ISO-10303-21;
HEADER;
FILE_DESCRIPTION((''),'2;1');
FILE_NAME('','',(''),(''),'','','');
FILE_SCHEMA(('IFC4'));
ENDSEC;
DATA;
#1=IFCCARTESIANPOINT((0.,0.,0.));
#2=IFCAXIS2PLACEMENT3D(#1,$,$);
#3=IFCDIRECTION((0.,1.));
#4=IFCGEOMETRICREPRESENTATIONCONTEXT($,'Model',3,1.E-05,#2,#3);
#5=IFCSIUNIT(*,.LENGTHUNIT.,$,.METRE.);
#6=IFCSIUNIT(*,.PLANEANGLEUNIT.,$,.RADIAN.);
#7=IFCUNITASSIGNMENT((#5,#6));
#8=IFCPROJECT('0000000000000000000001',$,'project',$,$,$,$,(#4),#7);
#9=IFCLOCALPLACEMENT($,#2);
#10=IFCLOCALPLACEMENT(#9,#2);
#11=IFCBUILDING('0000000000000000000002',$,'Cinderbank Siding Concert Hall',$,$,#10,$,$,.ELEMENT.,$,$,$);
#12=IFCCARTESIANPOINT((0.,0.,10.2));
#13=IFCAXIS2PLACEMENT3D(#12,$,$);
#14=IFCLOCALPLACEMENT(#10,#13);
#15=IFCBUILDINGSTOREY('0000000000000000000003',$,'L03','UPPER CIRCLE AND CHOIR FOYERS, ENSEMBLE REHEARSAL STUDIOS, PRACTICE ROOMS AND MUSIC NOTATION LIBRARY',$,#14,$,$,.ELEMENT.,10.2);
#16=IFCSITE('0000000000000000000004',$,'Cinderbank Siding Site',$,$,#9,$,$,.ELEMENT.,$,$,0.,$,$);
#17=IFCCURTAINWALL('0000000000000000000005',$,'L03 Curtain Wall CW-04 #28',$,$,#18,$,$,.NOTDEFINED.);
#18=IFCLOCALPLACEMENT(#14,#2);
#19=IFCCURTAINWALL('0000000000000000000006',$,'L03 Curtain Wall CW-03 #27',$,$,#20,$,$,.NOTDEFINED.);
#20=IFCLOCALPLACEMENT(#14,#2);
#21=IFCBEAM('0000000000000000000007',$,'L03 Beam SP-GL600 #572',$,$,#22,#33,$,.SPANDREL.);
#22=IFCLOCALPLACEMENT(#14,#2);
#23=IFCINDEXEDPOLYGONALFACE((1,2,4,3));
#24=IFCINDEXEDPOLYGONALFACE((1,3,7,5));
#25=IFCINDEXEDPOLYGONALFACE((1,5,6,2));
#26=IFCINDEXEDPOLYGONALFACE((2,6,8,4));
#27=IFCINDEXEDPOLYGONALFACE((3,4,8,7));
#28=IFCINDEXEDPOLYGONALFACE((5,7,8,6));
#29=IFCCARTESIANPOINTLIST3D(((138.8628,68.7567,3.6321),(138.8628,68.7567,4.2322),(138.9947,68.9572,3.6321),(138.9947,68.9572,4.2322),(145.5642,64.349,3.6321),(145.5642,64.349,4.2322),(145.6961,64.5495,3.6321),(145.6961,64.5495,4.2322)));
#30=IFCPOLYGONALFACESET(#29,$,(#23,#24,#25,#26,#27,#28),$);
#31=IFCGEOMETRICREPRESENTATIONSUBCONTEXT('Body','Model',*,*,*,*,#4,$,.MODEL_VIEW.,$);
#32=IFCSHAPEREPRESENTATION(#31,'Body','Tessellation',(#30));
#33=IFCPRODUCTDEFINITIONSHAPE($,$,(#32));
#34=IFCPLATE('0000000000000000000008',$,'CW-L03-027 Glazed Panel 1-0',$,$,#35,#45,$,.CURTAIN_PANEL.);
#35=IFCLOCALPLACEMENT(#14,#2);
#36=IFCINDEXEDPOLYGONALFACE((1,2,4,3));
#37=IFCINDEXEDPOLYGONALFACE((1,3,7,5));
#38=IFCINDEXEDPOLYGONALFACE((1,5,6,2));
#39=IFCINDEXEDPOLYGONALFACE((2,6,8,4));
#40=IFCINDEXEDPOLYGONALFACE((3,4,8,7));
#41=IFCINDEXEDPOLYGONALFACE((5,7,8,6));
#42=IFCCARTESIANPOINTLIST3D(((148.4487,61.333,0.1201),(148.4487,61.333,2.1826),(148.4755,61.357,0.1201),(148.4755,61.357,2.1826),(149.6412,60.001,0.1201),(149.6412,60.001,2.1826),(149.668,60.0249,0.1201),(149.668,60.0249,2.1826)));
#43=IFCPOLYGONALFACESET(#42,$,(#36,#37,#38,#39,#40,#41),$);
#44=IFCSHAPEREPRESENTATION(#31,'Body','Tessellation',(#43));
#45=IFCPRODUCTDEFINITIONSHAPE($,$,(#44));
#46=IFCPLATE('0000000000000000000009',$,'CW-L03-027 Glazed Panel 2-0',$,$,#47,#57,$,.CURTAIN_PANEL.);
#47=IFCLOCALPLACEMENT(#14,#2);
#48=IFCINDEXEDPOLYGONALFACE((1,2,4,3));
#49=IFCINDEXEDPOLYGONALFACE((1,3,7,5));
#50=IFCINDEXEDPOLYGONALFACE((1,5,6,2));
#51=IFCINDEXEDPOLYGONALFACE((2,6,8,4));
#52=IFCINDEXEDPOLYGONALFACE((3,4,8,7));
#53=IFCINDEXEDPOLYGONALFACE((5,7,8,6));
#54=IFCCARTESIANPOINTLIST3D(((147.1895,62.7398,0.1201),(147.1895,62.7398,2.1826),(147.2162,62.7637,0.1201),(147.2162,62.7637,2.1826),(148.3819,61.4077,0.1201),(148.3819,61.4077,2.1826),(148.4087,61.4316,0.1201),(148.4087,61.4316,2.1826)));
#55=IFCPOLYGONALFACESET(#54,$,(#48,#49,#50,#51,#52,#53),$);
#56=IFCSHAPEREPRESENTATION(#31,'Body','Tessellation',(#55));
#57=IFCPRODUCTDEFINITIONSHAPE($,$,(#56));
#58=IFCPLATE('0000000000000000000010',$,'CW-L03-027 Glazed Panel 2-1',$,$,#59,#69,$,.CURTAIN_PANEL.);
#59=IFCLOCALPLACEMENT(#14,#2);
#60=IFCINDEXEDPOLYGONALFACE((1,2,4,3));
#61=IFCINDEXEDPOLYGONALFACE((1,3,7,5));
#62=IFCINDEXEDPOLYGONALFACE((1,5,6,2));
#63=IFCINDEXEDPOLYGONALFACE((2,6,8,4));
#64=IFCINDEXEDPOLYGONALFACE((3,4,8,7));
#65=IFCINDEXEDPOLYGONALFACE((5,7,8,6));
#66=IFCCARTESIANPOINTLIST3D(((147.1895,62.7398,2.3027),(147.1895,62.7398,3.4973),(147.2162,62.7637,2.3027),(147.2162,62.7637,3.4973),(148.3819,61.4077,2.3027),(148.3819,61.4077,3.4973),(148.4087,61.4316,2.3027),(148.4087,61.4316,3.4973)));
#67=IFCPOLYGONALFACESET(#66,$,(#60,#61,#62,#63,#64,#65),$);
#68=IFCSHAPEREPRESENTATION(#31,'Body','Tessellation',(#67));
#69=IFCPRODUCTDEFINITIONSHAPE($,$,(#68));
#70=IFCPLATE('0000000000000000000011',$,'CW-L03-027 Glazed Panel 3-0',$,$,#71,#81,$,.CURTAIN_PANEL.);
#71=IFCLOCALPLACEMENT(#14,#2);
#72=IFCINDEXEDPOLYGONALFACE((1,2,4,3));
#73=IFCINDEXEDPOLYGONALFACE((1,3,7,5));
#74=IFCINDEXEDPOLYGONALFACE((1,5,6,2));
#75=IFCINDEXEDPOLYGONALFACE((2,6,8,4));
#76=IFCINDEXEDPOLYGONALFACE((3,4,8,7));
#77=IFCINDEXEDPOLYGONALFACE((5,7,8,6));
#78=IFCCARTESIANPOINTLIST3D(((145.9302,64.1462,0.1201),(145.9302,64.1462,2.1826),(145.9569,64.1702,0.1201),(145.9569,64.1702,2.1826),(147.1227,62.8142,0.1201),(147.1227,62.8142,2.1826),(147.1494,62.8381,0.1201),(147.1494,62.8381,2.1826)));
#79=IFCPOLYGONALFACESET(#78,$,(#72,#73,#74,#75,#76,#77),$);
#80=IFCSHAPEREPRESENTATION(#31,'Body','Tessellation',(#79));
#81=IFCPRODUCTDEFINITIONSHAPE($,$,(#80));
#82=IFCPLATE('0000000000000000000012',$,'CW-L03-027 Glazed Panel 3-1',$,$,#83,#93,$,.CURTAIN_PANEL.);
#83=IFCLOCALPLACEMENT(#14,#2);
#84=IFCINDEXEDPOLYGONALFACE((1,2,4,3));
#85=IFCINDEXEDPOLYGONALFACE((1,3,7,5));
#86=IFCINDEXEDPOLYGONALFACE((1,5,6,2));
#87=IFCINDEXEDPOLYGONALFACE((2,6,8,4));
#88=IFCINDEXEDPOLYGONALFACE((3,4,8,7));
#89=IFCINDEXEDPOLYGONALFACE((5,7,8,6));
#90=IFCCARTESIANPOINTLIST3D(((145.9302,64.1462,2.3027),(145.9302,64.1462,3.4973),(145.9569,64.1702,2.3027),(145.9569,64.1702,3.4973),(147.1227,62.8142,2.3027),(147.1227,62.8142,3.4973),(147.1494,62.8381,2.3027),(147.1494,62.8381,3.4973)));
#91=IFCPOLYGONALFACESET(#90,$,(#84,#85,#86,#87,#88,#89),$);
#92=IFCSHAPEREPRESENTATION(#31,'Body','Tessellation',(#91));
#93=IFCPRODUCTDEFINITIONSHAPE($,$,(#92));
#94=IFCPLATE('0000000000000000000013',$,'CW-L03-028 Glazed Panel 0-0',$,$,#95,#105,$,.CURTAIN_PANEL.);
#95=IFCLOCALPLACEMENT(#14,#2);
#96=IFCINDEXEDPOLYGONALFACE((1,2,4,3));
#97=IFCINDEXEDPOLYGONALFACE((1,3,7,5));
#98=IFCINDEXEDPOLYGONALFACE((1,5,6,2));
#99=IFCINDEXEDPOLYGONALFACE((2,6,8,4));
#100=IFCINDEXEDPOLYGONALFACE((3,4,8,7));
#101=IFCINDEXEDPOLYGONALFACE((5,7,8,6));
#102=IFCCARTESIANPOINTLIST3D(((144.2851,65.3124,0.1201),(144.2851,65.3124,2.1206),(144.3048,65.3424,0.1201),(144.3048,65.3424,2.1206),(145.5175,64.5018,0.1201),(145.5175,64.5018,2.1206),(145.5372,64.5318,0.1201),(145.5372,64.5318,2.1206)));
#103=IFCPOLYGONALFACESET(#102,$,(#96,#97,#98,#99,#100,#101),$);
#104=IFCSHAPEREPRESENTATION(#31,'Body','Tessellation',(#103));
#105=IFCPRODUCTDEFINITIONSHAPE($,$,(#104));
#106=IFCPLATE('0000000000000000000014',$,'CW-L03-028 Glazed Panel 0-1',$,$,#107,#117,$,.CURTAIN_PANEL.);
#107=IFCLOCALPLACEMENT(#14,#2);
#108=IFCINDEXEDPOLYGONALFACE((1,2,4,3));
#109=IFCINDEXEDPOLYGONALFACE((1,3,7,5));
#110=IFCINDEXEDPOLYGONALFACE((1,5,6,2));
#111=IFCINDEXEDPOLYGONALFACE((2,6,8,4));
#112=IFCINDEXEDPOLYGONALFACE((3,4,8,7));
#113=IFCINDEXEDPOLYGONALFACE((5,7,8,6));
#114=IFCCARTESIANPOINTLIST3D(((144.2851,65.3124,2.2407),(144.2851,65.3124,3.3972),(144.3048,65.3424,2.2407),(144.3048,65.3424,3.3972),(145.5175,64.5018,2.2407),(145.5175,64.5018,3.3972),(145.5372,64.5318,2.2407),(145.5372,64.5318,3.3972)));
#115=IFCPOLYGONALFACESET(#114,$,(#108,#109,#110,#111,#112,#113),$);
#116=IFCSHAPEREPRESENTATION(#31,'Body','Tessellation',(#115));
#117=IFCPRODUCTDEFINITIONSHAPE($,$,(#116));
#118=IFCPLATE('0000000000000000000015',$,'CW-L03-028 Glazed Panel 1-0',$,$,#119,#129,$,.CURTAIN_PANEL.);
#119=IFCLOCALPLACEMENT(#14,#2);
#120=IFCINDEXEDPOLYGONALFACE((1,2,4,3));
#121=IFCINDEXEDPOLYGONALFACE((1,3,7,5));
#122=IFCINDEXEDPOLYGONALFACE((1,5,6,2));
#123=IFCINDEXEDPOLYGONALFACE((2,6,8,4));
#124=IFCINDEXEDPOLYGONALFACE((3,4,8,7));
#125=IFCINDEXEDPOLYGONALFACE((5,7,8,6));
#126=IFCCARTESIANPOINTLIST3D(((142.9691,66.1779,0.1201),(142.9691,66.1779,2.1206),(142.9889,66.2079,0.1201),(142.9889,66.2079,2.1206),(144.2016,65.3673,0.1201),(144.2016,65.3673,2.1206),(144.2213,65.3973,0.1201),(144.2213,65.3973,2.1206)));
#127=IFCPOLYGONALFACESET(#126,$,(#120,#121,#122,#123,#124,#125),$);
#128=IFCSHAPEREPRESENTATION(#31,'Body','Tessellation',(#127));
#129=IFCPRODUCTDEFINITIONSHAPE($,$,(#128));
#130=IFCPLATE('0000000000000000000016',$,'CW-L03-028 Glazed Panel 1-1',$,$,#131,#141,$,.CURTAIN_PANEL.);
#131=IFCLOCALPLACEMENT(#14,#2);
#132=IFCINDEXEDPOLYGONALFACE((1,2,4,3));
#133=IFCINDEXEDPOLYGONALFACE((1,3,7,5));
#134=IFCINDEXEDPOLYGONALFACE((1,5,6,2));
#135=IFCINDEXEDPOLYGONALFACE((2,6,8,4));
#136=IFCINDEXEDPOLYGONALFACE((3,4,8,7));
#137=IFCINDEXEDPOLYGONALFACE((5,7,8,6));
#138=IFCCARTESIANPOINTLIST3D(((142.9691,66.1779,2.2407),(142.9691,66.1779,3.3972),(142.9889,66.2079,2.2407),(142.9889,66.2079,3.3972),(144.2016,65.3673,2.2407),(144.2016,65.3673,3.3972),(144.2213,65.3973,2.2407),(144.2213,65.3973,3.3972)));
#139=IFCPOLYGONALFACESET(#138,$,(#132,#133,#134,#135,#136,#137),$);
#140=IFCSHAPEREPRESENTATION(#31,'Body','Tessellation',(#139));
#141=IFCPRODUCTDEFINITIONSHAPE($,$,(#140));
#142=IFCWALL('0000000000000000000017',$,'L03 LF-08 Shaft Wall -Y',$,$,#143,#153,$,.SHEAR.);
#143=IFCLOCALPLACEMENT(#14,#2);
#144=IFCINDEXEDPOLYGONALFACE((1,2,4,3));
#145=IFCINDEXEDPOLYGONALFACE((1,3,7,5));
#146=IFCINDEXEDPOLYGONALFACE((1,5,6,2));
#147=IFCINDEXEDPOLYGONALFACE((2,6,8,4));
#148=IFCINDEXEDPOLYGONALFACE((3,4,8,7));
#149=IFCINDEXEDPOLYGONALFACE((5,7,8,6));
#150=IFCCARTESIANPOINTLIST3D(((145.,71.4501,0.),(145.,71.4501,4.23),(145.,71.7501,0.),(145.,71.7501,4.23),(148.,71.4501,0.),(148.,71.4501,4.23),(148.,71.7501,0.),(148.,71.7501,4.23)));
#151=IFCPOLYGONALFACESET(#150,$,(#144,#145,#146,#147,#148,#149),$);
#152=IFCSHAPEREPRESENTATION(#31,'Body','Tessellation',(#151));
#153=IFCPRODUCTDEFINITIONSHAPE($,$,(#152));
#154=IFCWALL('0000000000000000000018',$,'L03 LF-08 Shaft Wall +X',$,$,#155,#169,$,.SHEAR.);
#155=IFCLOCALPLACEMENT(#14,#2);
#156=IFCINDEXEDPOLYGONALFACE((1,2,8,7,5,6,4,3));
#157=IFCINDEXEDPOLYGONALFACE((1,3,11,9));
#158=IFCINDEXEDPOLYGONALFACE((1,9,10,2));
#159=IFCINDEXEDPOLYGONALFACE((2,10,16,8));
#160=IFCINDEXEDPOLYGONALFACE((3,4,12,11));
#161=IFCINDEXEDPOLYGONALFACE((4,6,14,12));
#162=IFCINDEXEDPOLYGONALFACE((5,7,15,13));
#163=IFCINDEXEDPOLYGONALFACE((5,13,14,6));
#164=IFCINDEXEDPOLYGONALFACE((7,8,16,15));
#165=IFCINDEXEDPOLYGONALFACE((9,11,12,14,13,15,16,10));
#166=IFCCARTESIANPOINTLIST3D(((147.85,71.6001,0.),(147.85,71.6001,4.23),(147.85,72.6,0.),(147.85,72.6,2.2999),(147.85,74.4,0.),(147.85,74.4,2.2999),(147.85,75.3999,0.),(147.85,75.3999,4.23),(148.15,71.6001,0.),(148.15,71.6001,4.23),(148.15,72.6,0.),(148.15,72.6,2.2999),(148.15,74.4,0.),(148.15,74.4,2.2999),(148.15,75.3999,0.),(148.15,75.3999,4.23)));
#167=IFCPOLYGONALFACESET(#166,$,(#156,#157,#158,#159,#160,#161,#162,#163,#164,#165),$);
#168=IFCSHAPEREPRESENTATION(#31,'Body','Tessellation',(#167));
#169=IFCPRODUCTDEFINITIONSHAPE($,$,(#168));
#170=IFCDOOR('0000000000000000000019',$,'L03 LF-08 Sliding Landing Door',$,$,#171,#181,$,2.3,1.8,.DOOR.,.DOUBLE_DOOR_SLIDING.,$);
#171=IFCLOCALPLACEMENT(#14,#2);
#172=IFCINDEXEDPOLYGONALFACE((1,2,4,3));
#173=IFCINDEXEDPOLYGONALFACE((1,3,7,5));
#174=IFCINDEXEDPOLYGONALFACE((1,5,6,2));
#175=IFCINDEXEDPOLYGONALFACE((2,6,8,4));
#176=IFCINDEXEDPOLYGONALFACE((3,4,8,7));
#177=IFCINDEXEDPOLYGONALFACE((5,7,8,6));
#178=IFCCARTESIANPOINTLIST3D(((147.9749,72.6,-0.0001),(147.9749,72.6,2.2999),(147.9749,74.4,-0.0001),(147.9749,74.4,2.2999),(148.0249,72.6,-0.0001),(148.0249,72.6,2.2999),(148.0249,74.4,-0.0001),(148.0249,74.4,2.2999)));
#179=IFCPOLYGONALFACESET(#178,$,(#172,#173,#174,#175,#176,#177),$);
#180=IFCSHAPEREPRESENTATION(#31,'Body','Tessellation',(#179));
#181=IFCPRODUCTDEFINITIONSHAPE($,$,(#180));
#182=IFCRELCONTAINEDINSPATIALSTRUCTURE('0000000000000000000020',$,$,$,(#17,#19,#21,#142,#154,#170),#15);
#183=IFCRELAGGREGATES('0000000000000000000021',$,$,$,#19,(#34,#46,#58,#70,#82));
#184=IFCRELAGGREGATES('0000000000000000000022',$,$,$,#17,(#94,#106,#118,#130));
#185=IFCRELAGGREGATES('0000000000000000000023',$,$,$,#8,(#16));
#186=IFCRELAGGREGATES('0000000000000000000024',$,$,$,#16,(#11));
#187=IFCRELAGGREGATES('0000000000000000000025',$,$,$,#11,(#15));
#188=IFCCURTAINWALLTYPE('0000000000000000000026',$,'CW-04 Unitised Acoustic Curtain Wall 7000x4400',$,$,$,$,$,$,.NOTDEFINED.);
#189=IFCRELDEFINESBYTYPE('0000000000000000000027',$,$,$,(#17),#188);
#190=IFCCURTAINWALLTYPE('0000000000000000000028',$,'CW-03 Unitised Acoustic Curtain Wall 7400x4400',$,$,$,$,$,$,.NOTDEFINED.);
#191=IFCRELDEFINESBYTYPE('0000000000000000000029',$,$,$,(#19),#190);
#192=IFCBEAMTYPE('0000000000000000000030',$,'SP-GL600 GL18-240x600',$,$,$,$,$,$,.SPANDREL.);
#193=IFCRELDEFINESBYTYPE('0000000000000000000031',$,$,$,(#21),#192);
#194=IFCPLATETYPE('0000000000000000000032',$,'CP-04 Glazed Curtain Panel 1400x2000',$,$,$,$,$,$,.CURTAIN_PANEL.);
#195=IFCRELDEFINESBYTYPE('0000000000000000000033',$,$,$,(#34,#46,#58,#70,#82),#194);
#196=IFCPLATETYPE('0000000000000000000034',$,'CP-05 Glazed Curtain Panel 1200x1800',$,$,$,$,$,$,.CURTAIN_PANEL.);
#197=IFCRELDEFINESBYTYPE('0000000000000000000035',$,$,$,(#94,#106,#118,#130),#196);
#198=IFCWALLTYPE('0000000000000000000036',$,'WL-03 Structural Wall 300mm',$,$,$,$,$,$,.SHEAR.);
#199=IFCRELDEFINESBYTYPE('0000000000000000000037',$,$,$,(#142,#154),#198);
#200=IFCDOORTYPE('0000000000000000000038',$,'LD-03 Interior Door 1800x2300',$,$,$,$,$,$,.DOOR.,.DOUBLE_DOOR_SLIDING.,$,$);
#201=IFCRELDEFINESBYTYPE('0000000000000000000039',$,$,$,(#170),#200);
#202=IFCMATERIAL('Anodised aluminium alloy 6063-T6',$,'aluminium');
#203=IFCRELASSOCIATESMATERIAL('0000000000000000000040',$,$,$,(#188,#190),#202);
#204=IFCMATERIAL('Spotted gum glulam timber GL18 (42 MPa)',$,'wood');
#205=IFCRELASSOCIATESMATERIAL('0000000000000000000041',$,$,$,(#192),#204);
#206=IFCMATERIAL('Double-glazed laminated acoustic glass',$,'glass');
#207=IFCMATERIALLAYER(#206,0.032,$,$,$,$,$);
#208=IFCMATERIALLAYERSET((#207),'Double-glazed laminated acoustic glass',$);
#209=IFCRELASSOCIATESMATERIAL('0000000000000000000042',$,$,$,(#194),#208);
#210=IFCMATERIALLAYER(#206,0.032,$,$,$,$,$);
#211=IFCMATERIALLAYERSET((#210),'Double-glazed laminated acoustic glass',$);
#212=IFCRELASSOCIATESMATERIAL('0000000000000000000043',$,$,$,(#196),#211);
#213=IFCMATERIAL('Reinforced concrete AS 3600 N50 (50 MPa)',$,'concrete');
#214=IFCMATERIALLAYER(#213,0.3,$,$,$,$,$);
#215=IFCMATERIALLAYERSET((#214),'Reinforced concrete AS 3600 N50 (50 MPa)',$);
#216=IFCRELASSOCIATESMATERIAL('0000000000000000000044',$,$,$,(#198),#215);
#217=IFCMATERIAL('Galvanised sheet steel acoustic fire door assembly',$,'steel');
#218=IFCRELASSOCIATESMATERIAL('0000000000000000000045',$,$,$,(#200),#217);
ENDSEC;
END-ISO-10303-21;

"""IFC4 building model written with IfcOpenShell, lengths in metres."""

from ifc_helpers import new_model, si_unit, direction, frame, frame_2d, origin, origin_2d, place, context, subcontext, project, spatial, rectangle, extrude, material, layer, layer_set, material_profile, profile_set, type_object, element, fill, aggregate, save


model = new_model("IFC4")

# Units and contexts
model_context = context("Model", 3, precision=1e-05, world=origin(), true_north=direction((0.0, 1.0)))
body_context = subcontext(model_context, "Body", "Model", "MODEL_VIEW")
ifc_project = project(units=[si_unit("LENGTHUNIT", "METRE"), si_unit("PLANEANGLEUNIT", "RADIAN")], contexts=[model_context])

# Site, building, storey
site_placement = place(None, origin())
site = spatial("IfcSite", under=ifc_project, at=site_placement, Name="Cinderbank Siding Site", CompositionType="ELEMENT", RefElevation=0.0)
building_placement = place(site_placement, origin())
building = spatial("IfcBuilding", under=site, at=building_placement, Name="Cinderbank Siding Concert Hall", CompositionType="ELEMENT")
storey_placement = place(building_placement, frame((0.0, 0.0, 10.2)))
storey = spatial("IfcBuildingStorey", under=building, at=storey_placement, Name="L03", Description="UPPER CIRCLE AND CHOIR FOYERS, ENSEMBLE REHEARSAL STUDIOS, PRACTICE ROOMS AND MUSIC NOTATION LIBRARY", CompositionType="ELEMENT", Elevation=10.2)

# Shared definitions
ifc_material_1 = material(Name="Reinforced concrete AS 3600 N50 (50 MPa)", Category="concrete")

# Curtain walls
ifc_material_2 = material(Name="Anodised aluminium alloy 6063-T6", Category="aluminium")
curtain_wall_type_1 = type_object("IfcCurtainWallType", Name="CW-04 Unitised Acoustic Curtain Wall 7000x4400", PredefinedType="NOTDEFINED", material=ifc_material_2)
curtain_wall_1_placement = place(storey_placement, origin())
curtain_wall_1 = element("IfcCurtainWall", 1, at=curtain_wall_1_placement, inside=storey, type_object=curtain_wall_type_1, Name="L03 Curtain Wall CW-04 #28", PredefinedType="NOTDEFINED")
curtain_wall_type_2 = type_object("IfcCurtainWallType", Name="CW-03 Unitised Acoustic Curtain Wall 7400x4400", PredefinedType="NOTDEFINED", material=ifc_material_2)
curtain_wall_2_placement = place(storey_placement, origin())
curtain_wall_2 = element("IfcCurtainWall", 2, at=curtain_wall_2_placement, inside=storey, type_object=curtain_wall_type_2, Name="L03 Curtain Wall CW-03 #27", PredefinedType="NOTDEFINED")

# Beam
ifc_material_3 = material(Name="Spotted gum glulam timber GL18 (42 MPa)", Category="wood")
ifc_material_profile_1 = material_profile(ifc_material_3, rectangle(XDim=0.24, YDim=0.6001, at=origin_2d()), Name="GL18-240x600", Category="LoadBearing")
ifc_profile_set_1 = profile_set([ifc_material_profile_1], Name="Spotted gum glulam timber GL18 (42 MPa)")
beam_type_1 = type_object("IfcBeamType", Name="SP-GL600 GL18-240x600", PredefinedType="SPANDREL", material=ifc_profile_set_1)
beam_1_placement = place(storey_placement, frame((145.6301, 64.4492, 3.9321), z_axis=(-0.835481, 0.54952, 0.0), x_axis=(-0.54952, -0.835481, 0.0)))
element("IfcBeam", 3, at=beam_1_placement, inside=storey, type_object=beam_type_1, Name="L03 Beam SP-GL600 #572", PredefinedType="SPANDREL", context=body_context, shape_type="SweptSolid", body=[
    extrude(rectangle(XDim=0.24, YDim=0.6001, at=origin_2d()), origin(), (0.0, 0.0, 1.0), 8.021),
])

# Plates
ifc_material_4 = material(Name="Double-glazed laminated acoustic glass", Category="glass")
ifc_layer_1 = layer(ifc_material_4, 0.032)
ifc_layer_set_1 = layer_set([ifc_layer_1], Name="Double-glazed laminated acoustic glass")
plate_type_1 = type_object("IfcPlateType", Name="CP-04 Glazed Curtain Panel 1400x2000", PredefinedType="CURTAIN_PANEL", material=ifc_layer_set_1)
plate_1_placement = place(storey_placement, frame((149.0583, 60.679, 0.1201), z_axis=(0.0, 0.0, 1.0), x_axis=(-0.666993, 0.745064, 0.0)))
plate_1 = element("IfcPlate", 4, at=plate_1_placement, type_object=plate_type_1, Name="CW-L03-027 Glazed Panel 1-0", PredefinedType="CURTAIN_PANEL", context=body_context, shape_type="SweptSolid", body=[
    extrude(rectangle(XDim=1.7878, YDim=0.0359, at=origin_2d()), origin(), (0.0, 0.0, 1.0), 2.0625),
])
plate_2_placement = place(storey_placement, frame((147.7991, 62.0857, 0.1201), z_axis=(0.0, 0.0, 1.0), x_axis=(-0.666993, 0.745064, 0.0)))
plate_2 = element("IfcPlate", 5, at=plate_2_placement, type_object=plate_type_1, Name="CW-L03-027 Glazed Panel 2-0", PredefinedType="CURTAIN_PANEL", context=body_context, shape_type="SweptSolid", body=[
    extrude(rectangle(XDim=1.7878, YDim=0.0359, at=origin_2d()), origin(), (0.0, 0.0, 1.0), 2.0625),
])
plate_3_placement = place(storey_placement, frame((147.7991, 62.0857, 2.3027), z_axis=(0.0, 0.0, 1.0), x_axis=(-0.666993, 0.745064, 0.0)))
plate_3 = element("IfcPlate", 6, at=plate_3_placement, type_object=plate_type_1, Name="CW-L03-027 Glazed Panel 2-1", PredefinedType="CURTAIN_PANEL", context=body_context, shape_type="SweptSolid", body=[
    extrude(rectangle(XDim=1.7878, YDim=0.0359, at=origin_2d()), origin(), (0.0, 0.0, 1.0), 1.1946),
])
plate_4_placement = place(storey_placement, frame((146.5398, 63.4922, 0.1201), z_axis=(0.0, 0.0, 1.0), x_axis=(-0.666993, 0.745064, 0.0)))
plate_4 = element("IfcPlate", 7, at=plate_4_placement, type_object=plate_type_1, Name="CW-L03-027 Glazed Panel 3-0", PredefinedType="CURTAIN_PANEL", context=body_context, shape_type="SweptSolid", body=[
    extrude(rectangle(XDim=1.7878, YDim=0.0359, at=origin_2d()), origin(), (0.0, 0.0, 1.0), 2.0625),
])
plate_5_placement = place(storey_placement, frame((146.5398, 63.4922, 2.3027), z_axis=(0.0, 0.0, 1.0), x_axis=(-0.666993, 0.745064, 0.0)))
plate_5 = element("IfcPlate", 8, at=plate_5_placement, type_object=plate_type_1, Name="CW-L03-027 Glazed Panel 3-1", PredefinedType="CURTAIN_PANEL", context=body_context, shape_type="SweptSolid", body=[
    extrude(rectangle(XDim=1.7878, YDim=0.0359, at=origin_2d()), origin(), (0.0, 0.0, 1.0), 1.1946),
])
aggregate(curtain_wall_2, [plate_1, plate_2, plate_3, plate_4, plate_5])
ifc_layer_2 = layer(ifc_material_4, 0.032)
ifc_layer_set_2 = layer_set([ifc_layer_2], Name="Double-glazed laminated acoustic glass")
plate_type_2 = type_object("IfcPlateType", Name="CP-05 Glazed Curtain Panel 1200x1800", PredefinedType="CURTAIN_PANEL", material=ifc_layer_set_2)
plate_6_placement = place(storey_placement, frame((144.9111, 64.9221, 0.1201), z_axis=(0.0, 0.0, 1.0), x_axis=(-0.835492, 0.549503, 0.0)))
plate_6 = element("IfcPlate", 9, at=plate_6_placement, type_object=plate_type_2, Name="CW-L03-028 Glazed Panel 0-0", PredefinedType="CURTAIN_PANEL", context=body_context, shape_type="SweptSolid", body=[
    extrude(rectangle(XDim=1.4751, YDim=0.0359, at=origin_2d()), origin(), (0.0, 0.0, 1.0), 2.0005),
])
plate_7_placement = place(storey_placement, frame((144.9111, 64.9221, 2.2407), z_axis=(0.0, 0.0, 1.0), x_axis=(-0.835492, 0.549503, 0.0)))
plate_7 = element("IfcPlate", 10, at=plate_7_placement, type_object=plate_type_2, Name="CW-L03-028 Glazed Panel 0-1", PredefinedType="CURTAIN_PANEL", context=body_context, shape_type="SweptSolid", body=[
    extrude(rectangle(XDim=1.4751, YDim=0.0359, at=origin_2d()), origin(), (0.0, 0.0, 1.0), 1.1565),
])
plate_8_placement = place(storey_placement, frame((143.5952, 65.7876, 0.1201), z_axis=(0.0, 0.0, 1.0), x_axis=(-0.835492, 0.549503, 0.0)))
plate_8 = element("IfcPlate", 11, at=plate_8_placement, type_object=plate_type_2, Name="CW-L03-028 Glazed Panel 1-0", PredefinedType="CURTAIN_PANEL", context=body_context, shape_type="SweptSolid", body=[
    extrude(rectangle(XDim=1.4751, YDim=0.0359, at=origin_2d()), origin(), (0.0, 0.0, 1.0), 2.0005),
])
plate_9_placement = place(storey_placement, frame((143.5952, 65.7876, 2.2407), z_axis=(0.0, 0.0, 1.0), x_axis=(-0.835492, 0.549503, 0.0)))
plate_9 = element("IfcPlate", 12, at=plate_9_placement, type_object=plate_type_2, Name="CW-L03-028 Glazed Panel 1-1", PredefinedType="CURTAIN_PANEL", context=body_context, shape_type="SweptSolid", body=[
    extrude(rectangle(XDim=1.4751, YDim=0.0359, at=origin_2d()), origin(), (0.0, 0.0, 1.0), 1.1565),
])
aggregate(curtain_wall_1, [plate_6, plate_7, plate_8, plate_9])

# Wall
ifc_layer_3 = layer(ifc_material_1, 0.3)
ifc_layer_set_3 = layer_set([ifc_layer_3], Name="Reinforced concrete AS 3600 N50 (50 MPa)")
wall_type = type_object("IfcWallType", Name="WL-03 Structural Wall 300mm", PredefinedType="SHEAR", material=ifc_layer_set_3)
wall_1_placement = place(storey_placement, frame((148.0, 71.6001, 0.0), z_axis=(0.0, 0.0, 1.0), x_axis=(-1.0, 0.0, 0.0)))
element("IfcWall", 13, at=wall_1_placement, inside=storey, type_object=wall_type, Name="L03 LF-08 Shaft Wall -Y", PredefinedType="SHEAR", context=body_context, shape_type="SweptSolid", body=[
    extrude(rectangle(XDim=3.0, YDim=0.3, at=frame_2d((1.5, 0.0))), origin(), (0.0, 0.0, 1.0), 4.23),
])

# Wall, opening, door
wall_2_placement = place(storey_placement, frame((148.0, 75.3999, 0.0), z_axis=(0.0, 0.0, 1.0), x_axis=(0.0, -1.0, 0.0)))
wall_2 = element("IfcWall", 14, at=wall_2_placement, inside=storey, type_object=wall_type, Name="L03 LF-08 Shaft Wall +X", PredefinedType="SHEAR", context=body_context, shape_type="SweptSolid", body=[
    extrude(rectangle(XDim=3.7998, YDim=0.3, at=frame_2d((1.8999, 0.0))), origin(), (0.0, 0.0, 1.0), 4.23),
])
opening_placement = place(wall_2_placement, frame((1.0, 0.0, 0.0)))
opening = element("IfcOpeningElement", 15, at=opening_placement, cuts=wall_2, PredefinedType="OPENING", context=body_context, shape_type="SweptSolid", body=[
    extrude(rectangle(XDim=1.8, YDim=2.3, at=frame_2d((0.8999, 1.1499))), frame((0.0, 0.1621, 0.0), z_axis=(0.0, -1.0, 0.0), x_axis=(1.0, 0.0, 0.0)), (0.0, 0.0, 1.0), 0.324),
])
ifc_material_5 = material(Name="Galvanised sheet steel acoustic fire door assembly", Category="steel")
door_type = type_object("IfcDoorType", Name="LD-03 Interior Door 1800x2300", OperationType="DOUBLE_DOOR_SLIDING", PredefinedType="DOOR", material=ifc_material_5)
door_placement = place(opening_placement, origin())
door = element("IfcDoor", 16, at=door_placement, inside=storey, type_object=door_type, Name="L03 LF-08 Sliding Landing Door", OperationType="DOUBLE_DOOR_SLIDING", OverallHeight=2.3, OverallWidth=1.8, PredefinedType="DOOR", context=body_context, shape_type="SweptSolid", body=[
    extrude(rectangle(XDim=1.8, YDim=2.3, at=frame_2d((0.8999, 1.1499))), frame((0.0, 0.0249, 0.0), z_axis=(0.0, -1.0, 0.0), x_axis=(1.0, 0.0, 0.0)), (0.0, 0.0, 1.0), 0.05),
])
fill(opening, door)

save(model, "model.ifc")
